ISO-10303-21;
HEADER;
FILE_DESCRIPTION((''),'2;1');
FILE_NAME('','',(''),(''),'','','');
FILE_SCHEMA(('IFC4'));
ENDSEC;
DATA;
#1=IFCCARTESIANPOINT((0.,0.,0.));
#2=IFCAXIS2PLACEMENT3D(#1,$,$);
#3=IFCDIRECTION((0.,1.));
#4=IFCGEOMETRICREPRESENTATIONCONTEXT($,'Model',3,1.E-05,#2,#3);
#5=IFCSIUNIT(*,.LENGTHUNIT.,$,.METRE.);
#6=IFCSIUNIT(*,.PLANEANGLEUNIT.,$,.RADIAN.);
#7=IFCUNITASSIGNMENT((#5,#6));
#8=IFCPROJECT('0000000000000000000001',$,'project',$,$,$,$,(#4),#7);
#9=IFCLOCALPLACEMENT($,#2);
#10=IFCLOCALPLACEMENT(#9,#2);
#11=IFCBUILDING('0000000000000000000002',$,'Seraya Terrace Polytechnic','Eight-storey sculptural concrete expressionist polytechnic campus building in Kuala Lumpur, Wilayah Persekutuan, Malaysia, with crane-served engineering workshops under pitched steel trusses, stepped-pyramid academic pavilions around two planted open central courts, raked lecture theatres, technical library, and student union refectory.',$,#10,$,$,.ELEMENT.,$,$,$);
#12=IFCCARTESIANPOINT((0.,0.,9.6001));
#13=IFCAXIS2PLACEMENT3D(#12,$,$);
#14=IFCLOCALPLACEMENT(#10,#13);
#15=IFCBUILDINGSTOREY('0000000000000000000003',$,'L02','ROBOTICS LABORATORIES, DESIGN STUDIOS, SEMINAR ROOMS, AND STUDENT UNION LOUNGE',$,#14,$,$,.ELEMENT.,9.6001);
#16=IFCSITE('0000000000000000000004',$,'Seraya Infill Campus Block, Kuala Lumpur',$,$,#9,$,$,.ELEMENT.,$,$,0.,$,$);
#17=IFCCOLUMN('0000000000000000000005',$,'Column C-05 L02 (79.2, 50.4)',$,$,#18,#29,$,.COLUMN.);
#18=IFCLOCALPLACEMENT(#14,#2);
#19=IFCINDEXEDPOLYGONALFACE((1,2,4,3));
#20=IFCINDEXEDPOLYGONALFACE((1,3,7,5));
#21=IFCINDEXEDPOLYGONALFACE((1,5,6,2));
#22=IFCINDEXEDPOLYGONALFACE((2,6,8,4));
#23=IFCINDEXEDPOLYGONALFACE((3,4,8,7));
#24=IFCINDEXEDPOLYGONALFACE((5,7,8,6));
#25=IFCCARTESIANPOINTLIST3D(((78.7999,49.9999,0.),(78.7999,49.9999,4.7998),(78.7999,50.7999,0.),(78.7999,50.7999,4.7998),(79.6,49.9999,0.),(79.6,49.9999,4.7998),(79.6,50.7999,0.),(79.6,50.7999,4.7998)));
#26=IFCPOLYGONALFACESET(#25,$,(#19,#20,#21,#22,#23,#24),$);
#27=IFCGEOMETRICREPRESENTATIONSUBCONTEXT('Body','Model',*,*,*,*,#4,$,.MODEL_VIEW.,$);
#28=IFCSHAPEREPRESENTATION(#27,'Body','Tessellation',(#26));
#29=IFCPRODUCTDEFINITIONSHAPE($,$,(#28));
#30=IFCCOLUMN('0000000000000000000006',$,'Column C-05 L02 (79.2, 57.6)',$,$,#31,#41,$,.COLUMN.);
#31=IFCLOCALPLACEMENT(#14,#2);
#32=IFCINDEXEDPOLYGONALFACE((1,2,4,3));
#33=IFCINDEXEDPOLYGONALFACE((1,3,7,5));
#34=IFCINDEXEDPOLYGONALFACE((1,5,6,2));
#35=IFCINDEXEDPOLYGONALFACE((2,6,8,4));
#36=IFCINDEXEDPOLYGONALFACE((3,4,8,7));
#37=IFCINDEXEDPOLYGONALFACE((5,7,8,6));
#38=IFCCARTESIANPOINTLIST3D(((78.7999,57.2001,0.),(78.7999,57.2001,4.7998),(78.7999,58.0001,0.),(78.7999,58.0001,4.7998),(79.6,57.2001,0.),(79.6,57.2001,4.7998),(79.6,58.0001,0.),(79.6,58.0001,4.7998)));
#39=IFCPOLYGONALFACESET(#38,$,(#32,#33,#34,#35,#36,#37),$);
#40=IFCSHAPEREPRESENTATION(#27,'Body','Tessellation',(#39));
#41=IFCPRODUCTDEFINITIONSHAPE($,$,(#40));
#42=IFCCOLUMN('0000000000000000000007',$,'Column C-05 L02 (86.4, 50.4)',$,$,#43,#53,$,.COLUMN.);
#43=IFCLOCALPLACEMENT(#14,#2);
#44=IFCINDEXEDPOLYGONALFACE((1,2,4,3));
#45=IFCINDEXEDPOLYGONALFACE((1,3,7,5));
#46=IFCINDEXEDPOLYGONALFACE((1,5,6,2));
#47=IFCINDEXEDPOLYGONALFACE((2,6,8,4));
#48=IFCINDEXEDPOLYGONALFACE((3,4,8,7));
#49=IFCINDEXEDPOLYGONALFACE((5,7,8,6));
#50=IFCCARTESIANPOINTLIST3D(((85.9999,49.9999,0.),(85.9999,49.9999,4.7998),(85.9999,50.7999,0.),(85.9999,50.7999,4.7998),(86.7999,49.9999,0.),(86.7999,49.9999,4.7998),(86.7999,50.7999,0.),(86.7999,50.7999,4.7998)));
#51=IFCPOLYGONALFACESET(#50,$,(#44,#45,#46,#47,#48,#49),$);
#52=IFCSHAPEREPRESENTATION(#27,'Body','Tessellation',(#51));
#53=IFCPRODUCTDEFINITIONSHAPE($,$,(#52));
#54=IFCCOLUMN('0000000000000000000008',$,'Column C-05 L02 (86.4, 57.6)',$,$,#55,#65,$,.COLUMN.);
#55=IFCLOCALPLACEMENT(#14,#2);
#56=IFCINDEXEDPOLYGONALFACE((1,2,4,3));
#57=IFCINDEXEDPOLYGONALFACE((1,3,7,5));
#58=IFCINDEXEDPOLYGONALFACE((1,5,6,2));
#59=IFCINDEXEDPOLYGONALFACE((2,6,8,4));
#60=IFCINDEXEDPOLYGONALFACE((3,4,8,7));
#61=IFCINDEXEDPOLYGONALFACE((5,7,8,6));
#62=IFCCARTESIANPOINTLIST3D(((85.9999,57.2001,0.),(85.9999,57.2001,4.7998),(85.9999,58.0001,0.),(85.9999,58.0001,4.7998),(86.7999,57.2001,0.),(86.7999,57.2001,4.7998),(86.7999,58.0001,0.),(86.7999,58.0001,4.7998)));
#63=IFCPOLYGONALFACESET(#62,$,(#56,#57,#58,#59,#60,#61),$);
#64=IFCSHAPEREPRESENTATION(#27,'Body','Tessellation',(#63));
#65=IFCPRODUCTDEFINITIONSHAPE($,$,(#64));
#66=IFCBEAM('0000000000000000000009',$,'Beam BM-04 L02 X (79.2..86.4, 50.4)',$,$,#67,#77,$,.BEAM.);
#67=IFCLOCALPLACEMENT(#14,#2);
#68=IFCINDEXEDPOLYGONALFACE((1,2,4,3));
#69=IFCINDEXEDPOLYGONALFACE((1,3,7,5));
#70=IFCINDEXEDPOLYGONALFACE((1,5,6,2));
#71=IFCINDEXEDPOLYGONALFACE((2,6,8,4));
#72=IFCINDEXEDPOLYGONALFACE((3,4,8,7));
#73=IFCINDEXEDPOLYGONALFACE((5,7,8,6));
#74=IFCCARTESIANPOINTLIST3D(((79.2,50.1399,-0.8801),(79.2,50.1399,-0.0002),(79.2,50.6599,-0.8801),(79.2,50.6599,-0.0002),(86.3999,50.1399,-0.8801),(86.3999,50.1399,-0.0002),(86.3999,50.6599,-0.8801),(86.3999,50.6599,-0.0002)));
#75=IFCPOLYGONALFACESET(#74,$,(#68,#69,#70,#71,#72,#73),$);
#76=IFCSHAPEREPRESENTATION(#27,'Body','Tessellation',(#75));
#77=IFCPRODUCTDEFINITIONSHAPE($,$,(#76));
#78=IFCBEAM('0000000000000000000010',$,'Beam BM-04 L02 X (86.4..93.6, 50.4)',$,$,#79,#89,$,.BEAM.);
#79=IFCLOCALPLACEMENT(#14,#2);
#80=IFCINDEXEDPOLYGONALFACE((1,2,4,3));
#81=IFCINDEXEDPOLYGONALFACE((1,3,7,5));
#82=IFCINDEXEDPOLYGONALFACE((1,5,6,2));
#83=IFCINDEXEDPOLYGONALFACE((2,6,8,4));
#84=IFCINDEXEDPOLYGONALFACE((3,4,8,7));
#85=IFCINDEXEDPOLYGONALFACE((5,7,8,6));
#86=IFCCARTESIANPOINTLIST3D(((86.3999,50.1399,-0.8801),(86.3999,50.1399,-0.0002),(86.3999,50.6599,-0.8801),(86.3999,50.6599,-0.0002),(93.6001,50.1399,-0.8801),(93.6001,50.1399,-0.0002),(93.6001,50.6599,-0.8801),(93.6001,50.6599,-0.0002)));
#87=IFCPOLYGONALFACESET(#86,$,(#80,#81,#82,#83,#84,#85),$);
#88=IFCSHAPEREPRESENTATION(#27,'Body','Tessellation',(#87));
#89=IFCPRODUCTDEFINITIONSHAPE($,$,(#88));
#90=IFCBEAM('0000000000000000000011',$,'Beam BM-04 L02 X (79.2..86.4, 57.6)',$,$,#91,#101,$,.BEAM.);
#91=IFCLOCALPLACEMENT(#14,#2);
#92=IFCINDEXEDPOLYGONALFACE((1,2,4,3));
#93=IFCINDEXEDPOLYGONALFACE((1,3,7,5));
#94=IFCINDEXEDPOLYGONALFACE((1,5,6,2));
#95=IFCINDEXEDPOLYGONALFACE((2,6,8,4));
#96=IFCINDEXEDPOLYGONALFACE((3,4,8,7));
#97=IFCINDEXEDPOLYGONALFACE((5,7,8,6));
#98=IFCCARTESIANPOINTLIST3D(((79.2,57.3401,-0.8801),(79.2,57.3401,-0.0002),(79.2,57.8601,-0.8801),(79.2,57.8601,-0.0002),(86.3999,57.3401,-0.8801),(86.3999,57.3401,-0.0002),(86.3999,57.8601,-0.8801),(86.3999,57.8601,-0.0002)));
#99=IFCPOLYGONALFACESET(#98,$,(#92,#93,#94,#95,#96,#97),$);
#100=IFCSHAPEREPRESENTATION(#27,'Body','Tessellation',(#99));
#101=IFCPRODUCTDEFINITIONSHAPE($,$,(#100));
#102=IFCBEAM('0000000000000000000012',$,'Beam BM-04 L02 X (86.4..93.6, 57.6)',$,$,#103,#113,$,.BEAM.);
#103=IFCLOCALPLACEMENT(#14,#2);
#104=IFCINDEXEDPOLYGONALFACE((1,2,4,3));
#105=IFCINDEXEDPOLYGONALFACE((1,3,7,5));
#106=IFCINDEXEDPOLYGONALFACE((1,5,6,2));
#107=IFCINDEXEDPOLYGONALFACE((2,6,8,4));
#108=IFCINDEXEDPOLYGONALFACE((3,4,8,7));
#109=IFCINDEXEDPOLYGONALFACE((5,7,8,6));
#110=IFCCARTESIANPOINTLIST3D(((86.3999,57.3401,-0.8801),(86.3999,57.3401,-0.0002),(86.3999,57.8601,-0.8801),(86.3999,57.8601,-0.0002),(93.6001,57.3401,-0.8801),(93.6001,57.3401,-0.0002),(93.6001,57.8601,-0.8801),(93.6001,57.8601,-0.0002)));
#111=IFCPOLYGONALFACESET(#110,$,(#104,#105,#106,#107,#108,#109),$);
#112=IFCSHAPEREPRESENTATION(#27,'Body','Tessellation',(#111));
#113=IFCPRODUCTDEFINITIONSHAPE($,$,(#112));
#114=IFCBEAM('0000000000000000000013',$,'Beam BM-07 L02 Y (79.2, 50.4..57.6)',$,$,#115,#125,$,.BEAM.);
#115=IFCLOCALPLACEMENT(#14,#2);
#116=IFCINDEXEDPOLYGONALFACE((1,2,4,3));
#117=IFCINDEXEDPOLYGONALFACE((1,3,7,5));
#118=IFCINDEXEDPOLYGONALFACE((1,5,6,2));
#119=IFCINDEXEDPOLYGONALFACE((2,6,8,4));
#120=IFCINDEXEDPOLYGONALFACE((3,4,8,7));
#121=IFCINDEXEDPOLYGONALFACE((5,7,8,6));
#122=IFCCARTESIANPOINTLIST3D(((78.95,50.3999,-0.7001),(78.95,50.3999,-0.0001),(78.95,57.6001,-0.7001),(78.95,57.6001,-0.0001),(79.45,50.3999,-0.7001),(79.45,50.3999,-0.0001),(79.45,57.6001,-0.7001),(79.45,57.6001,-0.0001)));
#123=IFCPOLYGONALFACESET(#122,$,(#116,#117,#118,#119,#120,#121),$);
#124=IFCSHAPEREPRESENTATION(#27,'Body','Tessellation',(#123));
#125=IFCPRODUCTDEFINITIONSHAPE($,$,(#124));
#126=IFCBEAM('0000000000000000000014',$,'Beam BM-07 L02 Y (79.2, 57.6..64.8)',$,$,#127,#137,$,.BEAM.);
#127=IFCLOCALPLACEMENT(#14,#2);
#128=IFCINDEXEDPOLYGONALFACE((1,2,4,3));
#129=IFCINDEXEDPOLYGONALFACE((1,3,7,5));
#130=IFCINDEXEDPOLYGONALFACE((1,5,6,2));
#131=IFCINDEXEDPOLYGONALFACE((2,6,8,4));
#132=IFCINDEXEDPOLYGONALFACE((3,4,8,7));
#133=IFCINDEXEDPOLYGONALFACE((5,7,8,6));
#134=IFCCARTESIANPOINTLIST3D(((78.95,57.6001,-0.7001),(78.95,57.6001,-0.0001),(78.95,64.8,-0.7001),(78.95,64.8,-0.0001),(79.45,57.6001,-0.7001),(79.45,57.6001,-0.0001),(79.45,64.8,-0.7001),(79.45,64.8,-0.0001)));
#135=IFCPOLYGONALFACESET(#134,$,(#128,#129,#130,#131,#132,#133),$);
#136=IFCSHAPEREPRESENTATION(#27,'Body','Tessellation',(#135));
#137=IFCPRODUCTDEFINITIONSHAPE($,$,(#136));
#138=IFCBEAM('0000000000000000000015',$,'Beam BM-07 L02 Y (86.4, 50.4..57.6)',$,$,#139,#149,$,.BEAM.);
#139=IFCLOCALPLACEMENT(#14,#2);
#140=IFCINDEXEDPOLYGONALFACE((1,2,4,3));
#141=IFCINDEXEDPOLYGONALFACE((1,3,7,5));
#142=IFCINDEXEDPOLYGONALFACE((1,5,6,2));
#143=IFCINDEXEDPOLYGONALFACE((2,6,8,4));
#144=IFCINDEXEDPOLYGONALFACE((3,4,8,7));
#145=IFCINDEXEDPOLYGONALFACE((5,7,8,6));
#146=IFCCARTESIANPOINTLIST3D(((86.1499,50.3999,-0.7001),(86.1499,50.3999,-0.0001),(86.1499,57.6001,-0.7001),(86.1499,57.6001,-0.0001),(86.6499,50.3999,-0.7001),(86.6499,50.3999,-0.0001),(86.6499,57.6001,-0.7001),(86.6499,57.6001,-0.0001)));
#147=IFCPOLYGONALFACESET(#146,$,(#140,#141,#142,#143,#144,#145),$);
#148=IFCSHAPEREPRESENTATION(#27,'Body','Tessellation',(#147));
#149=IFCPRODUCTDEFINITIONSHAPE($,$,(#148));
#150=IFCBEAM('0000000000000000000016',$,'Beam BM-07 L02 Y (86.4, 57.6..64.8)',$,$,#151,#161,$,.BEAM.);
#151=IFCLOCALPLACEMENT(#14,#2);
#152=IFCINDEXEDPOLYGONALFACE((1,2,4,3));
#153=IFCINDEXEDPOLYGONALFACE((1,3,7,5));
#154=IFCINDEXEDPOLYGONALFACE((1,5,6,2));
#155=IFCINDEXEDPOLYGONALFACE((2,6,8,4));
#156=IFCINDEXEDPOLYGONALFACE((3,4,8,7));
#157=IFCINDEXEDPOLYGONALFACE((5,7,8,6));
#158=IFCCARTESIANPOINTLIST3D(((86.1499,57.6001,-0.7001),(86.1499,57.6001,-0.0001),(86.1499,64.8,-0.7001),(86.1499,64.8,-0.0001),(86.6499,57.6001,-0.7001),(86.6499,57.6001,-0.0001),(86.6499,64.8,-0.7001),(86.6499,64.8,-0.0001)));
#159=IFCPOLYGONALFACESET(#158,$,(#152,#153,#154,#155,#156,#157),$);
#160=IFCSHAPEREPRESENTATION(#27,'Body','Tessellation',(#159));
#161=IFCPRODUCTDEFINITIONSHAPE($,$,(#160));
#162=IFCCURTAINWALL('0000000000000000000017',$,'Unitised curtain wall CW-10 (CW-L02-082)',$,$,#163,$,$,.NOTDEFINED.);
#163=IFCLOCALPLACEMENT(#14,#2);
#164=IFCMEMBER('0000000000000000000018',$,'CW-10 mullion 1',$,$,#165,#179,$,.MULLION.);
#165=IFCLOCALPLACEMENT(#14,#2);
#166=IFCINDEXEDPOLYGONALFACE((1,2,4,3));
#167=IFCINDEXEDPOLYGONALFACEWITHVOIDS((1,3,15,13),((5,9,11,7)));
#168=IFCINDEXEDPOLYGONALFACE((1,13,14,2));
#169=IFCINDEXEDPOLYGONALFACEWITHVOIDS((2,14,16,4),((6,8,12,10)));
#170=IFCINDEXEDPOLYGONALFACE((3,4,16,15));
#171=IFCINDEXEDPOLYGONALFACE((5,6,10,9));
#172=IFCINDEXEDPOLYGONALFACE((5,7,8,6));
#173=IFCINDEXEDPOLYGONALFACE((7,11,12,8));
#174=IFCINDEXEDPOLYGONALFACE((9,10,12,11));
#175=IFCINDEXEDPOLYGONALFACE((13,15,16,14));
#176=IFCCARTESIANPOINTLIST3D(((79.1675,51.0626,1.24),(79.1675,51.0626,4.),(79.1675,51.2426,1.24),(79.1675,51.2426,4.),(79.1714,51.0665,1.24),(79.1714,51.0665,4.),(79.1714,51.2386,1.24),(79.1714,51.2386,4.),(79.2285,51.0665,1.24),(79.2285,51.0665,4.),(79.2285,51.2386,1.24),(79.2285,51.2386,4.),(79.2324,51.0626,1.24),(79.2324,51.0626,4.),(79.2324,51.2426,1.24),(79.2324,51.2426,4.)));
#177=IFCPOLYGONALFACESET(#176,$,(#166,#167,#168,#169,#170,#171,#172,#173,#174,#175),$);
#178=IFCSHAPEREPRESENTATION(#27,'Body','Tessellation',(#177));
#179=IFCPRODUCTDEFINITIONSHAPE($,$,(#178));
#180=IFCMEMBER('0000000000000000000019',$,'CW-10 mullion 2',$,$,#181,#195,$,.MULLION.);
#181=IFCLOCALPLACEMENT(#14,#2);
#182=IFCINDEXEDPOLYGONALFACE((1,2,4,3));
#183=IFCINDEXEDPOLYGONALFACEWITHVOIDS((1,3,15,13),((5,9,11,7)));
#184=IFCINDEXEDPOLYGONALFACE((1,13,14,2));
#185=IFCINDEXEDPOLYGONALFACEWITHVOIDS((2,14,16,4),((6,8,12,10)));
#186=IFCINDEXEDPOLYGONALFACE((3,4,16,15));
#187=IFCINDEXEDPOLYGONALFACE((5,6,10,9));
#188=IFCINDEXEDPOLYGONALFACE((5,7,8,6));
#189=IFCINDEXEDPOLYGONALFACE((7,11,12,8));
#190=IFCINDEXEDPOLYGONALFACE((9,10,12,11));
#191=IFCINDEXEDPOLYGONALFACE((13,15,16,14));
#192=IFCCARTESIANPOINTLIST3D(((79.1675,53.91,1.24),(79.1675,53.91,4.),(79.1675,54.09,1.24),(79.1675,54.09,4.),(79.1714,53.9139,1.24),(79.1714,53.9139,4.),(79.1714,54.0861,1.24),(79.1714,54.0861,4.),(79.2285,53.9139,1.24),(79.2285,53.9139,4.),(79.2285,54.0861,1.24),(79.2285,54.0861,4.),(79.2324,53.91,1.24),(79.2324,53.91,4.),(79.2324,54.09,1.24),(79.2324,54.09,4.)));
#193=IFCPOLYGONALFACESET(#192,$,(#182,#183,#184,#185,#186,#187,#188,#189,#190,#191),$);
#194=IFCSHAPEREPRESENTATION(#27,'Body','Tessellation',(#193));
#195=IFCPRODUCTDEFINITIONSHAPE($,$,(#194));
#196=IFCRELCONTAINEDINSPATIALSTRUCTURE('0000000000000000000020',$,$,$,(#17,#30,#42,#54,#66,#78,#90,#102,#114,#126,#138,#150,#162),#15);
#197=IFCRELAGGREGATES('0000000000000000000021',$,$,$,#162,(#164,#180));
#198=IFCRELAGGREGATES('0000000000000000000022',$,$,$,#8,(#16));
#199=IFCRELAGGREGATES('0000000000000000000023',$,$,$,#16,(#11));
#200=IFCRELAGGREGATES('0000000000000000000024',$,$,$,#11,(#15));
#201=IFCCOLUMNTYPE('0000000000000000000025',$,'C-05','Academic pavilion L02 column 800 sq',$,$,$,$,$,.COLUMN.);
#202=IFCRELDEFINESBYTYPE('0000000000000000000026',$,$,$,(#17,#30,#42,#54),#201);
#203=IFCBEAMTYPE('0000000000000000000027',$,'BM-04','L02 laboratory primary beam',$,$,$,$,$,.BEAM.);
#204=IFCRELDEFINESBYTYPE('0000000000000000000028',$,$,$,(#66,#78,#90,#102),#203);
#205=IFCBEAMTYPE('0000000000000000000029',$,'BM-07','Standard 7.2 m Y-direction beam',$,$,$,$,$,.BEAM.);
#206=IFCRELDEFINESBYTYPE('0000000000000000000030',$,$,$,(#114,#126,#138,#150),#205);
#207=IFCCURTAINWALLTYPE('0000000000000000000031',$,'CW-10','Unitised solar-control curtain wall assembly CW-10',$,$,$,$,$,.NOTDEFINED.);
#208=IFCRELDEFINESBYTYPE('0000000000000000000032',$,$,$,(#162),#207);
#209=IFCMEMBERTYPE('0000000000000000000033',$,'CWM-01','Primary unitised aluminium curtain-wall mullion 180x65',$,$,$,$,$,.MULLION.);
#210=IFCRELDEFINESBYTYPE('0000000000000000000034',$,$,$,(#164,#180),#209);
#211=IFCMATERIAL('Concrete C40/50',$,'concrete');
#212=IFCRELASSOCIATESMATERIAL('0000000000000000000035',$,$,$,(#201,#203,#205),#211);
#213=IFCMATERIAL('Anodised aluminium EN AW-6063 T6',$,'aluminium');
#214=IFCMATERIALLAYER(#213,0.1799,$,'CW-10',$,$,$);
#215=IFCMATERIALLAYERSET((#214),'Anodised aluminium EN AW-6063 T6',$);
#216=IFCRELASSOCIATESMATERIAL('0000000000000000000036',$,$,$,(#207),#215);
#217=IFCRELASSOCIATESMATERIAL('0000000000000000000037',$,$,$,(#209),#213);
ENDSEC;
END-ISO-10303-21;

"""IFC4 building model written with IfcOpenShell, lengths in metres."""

from ifc_helpers import new_model, si_unit, direction, frame, origin, origin_2d, place, context, subcontext, project, spatial, rectangle, hollow_rectangle, extrude, material, layer, layer_set, material_profile, profile_set, type_object, element, aggregate, save


model = new_model("IFC4")

# Units and contexts
model_context = context("Model", 3, precision=1e-05, world=origin(), true_north=direction((0.0, 1.0)))
body_context = subcontext(model_context, "Body", "Model", "MODEL_VIEW")
ifc_project = project(units=[si_unit("LENGTHUNIT", "METRE"), si_unit("PLANEANGLEUNIT", "RADIAN")], contexts=[model_context])

# Site, building, storey
site_placement = place(None, origin())
site = spatial("IfcSite", under=ifc_project, at=site_placement, Name="Seraya Infill Campus Block, Kuala Lumpur", CompositionType="ELEMENT", RefElevation=0.0)
building_placement = place(site_placement, origin())
building = spatial("IfcBuilding", under=site, at=building_placement, Name="Seraya Terrace Polytechnic", Description="Eight-storey sculptural concrete expressionist polytechnic campus building in Kuala Lumpur, Wilayah Persekutuan, Malaysia, with crane-served engineering workshops under pitched steel trusses, stepped-pyramid academic pavilions around two planted open central courts, raked lecture theatres, technical library, and student union refectory.", CompositionType="ELEMENT")
storey_placement = place(building_placement, frame((0.0, 0.0, 9.6001)))
storey = spatial("IfcBuildingStorey", under=building, at=storey_placement, Name="L02", Description="ROBOTICS LABORATORIES, DESIGN STUDIOS, SEMINAR ROOMS, AND STUDENT UNION LOUNGE", CompositionType="ELEMENT", Elevation=9.6001)

# Columns
ifc_material_1 = material(Name="Concrete C40/50", Category="concrete")
ifc_material_profile_1 = material_profile(ifc_material_1, rectangle(XDim=0.8, YDim=0.8, at=origin_2d()), Name="RC 800x800")
ifc_profile_set_1 = profile_set([ifc_material_profile_1], Name="Concrete C40/50")
column_type = type_object("IfcColumnType", Name="C-05", Description="Academic pavilion L02 column 800 sq", PredefinedType="COLUMN", material=ifc_profile_set_1)
for number, where, z_axis, x_axis, name in (
    (1, (79.2, 50.3999, 0.0), (0.0, 0.0, 1.0), (1.0, 0.0, 0.0), "Column C-05 L02 (79.2, 50.4)"),
    (2, (79.2, 57.6001, 0.0), (0.0, 0.0, 1.0), (1.0, 0.0, 0.0), "Column C-05 L02 (79.2, 57.6)"),
    (3, (86.3999, 50.3999, 0.0), (0.0, 0.0, 1.0), (1.0, 0.0, 0.0), "Column C-05 L02 (86.4, 50.4)"),
    (4, (86.3999, 57.6001, 0.0), (0.0, 0.0, 1.0), (1.0, 0.0, 0.0), "Column C-05 L02 (86.4, 57.6)"),
):
    element("IfcColumn", number, at=place(storey_placement, frame(where, z_axis=z_axis, x_axis=x_axis)), inside=storey, type_object=column_type, Name=name, PredefinedType="COLUMN", context=body_context, shape_type="SweptSolid", body=[
        extrude(rectangle(XDim=0.8, YDim=0.8, at=origin_2d()), origin(), (0.0, 0.0, 1.0), 4.7998),
    ])

# Beams
ifc_material_profile_2 = material_profile(ifc_material_1, rectangle(XDim=0.52, YDim=0.8799, at=origin_2d()), Name="RC 520x880")
ifc_profile_set_2 = profile_set([ifc_material_profile_2], Name="Concrete C40/50")
beam_type_1 = type_object("IfcBeamType", Name="BM-04", Description="L02 laboratory primary beam", PredefinedType="BEAM", material=ifc_profile_set_2)
beam_1_placement = place(storey_placement, frame((79.2, 50.3999, -0.4402), z_axis=(1.0, 0.0, 0.0), x_axis=(0.0, 1.0, 0.0)))
element("IfcBeam", 5, at=beam_1_placement, inside=storey, type_object=beam_type_1, Name="Beam BM-04 L02 X (79.2..86.4, 50.4)", PredefinedType="BEAM", context=body_context, shape_type="SweptSolid", body=[
    extrude(rectangle(XDim=0.52, YDim=0.8799, at=origin_2d()), origin(), (0.0, 0.0, 1.0), 7.2),
])
beam_2_placement = place(storey_placement, frame((86.3999, 50.3999, -0.4402), z_axis=(1.0, 0.0, 0.0), x_axis=(0.0, 1.0, 0.0)))
element("IfcBeam", 6, at=beam_2_placement, inside=storey, type_object=beam_type_1, Name="Beam BM-04 L02 X (86.4..93.6, 50.4)", PredefinedType="BEAM", context=body_context, shape_type="SweptSolid", body=[
    extrude(rectangle(XDim=0.52, YDim=0.8799, at=origin_2d()), origin(), (0.0, 0.0, 1.0), 7.2002),
])
beam_3_placement = place(storey_placement, frame((79.2, 57.6001, -0.4402), z_axis=(1.0, 0.0, 0.0), x_axis=(0.0, 1.0, 0.0)))
element("IfcBeam", 7, at=beam_3_placement, inside=storey, type_object=beam_type_1, Name="Beam BM-04 L02 X (79.2..86.4, 57.6)", PredefinedType="BEAM", context=body_context, shape_type="SweptSolid", body=[
    extrude(rectangle(XDim=0.52, YDim=0.8799, at=origin_2d()), origin(), (0.0, 0.0, 1.0), 7.2),
])
beam_4_placement = place(storey_placement, frame((86.3999, 57.6001, -0.4402), z_axis=(1.0, 0.0, 0.0), x_axis=(0.0, 1.0, 0.0)))
element("IfcBeam", 8, at=beam_4_placement, inside=storey, type_object=beam_type_1, Name="Beam BM-04 L02 X (86.4..93.6, 57.6)", PredefinedType="BEAM", context=body_context, shape_type="SweptSolid", body=[
    extrude(rectangle(XDim=0.52, YDim=0.8799, at=origin_2d()), origin(), (0.0, 0.0, 1.0), 7.2002),
])
ifc_material_profile_3 = material_profile(ifc_material_1, rectangle(XDim=0.5, YDim=0.7, at=origin_2d()), Name="RC 500x700")
ifc_profile_set_3 = profile_set([ifc_material_profile_3], Name="Concrete C40/50")
beam_type_2 = type_object("IfcBeamType", Name="BM-07", Description="Standard 7.2 m Y-direction beam", PredefinedType="BEAM", material=ifc_profile_set_3)
beam_5_placement = place(storey_placement, frame((79.2, 50.3999, -0.3501), z_axis=(0.0, 1.0, 0.0), x_axis=(-1.0, 0.0, 0.0)))
element("IfcBeam", 9, at=beam_5_placement, inside=storey, type_object=beam_type_2, Name="Beam BM-07 L02 Y (79.2, 50.4..57.6)", PredefinedType="BEAM", context=body_context, shape_type="SweptSolid", body=[
    extrude(rectangle(XDim=0.5, YDim=0.7, at=origin_2d()), origin(), (0.0, 0.0, 1.0), 7.2002),
])
beam_6_placement = place(storey_placement, frame((79.2, 57.6001, -0.3501), z_axis=(0.0, 1.0, 0.0), x_axis=(-1.0, 0.0, 0.0)))
element("IfcBeam", 10, at=beam_6_placement, inside=storey, type_object=beam_type_2, Name="Beam BM-07 L02 Y (79.2, 57.6..64.8)", PredefinedType="BEAM", context=body_context, shape_type="SweptSolid", body=[
    extrude(rectangle(XDim=0.5, YDim=0.7, at=origin_2d()), origin(), (0.0, 0.0, 1.0), 7.2),
])
beam_7_placement = place(storey_placement, frame((86.3999, 50.3999, -0.3501), z_axis=(0.0, 1.0, 0.0), x_axis=(-1.0, 0.0, 0.0)))
element("IfcBeam", 11, at=beam_7_placement, inside=storey, type_object=beam_type_2, Name="Beam BM-07 L02 Y (86.4, 50.4..57.6)", PredefinedType="BEAM", context=body_context, shape_type="SweptSolid", body=[
    extrude(rectangle(XDim=0.5, YDim=0.7, at=origin_2d()), origin(), (0.0, 0.0, 1.0), 7.2002),
])
beam_8_placement = place(storey_placement, frame((86.3999, 57.6001, -0.3501), z_axis=(0.0, 1.0, 0.0), x_axis=(-1.0, 0.0, 0.0)))
element("IfcBeam", 12, at=beam_8_placement, inside=storey, type_object=beam_type_2, Name="Beam BM-07 L02 Y (86.4, 57.6..64.8)", PredefinedType="BEAM", context=body_context, shape_type="SweptSolid", body=[
    extrude(rectangle(XDim=0.5, YDim=0.7, at=origin_2d()), origin(), (0.0, 0.0, 1.0), 7.2),
])

# Curtain wall, members
ifc_material_2 = material(Name="Anodised aluminium EN AW-6063 T6", Category="aluminium")
ifc_layer_1 = layer(ifc_material_2, 0.1799, Name="CW-10")
ifc_layer_set_1 = layer_set([ifc_layer_1], Name="Anodised aluminium EN AW-6063 T6")
curtain_wall_type = type_object("IfcCurtainWallType", Name="CW-10", Description="Unitised solar-control curtain wall assembly CW-10", PredefinedType="NOTDEFINED", material=ifc_layer_set_1)
curtain_wall_placement = place(storey_placement, origin())
curtain_wall = element("IfcCurtainWall", 13, at=curtain_wall_placement, inside=storey, type_object=curtain_wall_type, Name="Unitised curtain wall CW-10 (CW-L02-082)", PredefinedType="NOTDEFINED")
ifc_material_profile_4 = material_profile(ifc_material_2, hollow_rectangle(XDim=0.0649, YDim=0.1799, WallThickness=0.0039, at=origin_2d()), Name="RHS 180x65x4.0")
ifc_profile_set_4 = profile_set([ifc_material_profile_4], Name="Anodised aluminium EN AW-6063 T6")
member_type_1 = type_object("IfcMemberType", Name="CWM-01", Description="Primary unitised aluminium curtain-wall mullion 180x65", PredefinedType="MULLION", material=ifc_profile_set_4)
member_1_placement = place(storey_placement, frame((79.2, 51.1526, 1.24), z_axis=(0.0, 0.0, 1.0), x_axis=(-1.0, 0.0, 0.0)))
member_1 = element("IfcMember", 14, at=member_1_placement, type_object=member_type_1, Name="CW-10 mullion 1", PredefinedType="MULLION", context=body_context, shape_type="SweptSolid", body=[
    extrude(hollow_rectangle(XDim=0.0649, YDim=0.1799, WallThickness=0.0039, at=origin_2d()), origin(), (0.0, 0.0, 1.0), 2.76),
])
member_2_placement = place(storey_placement, frame((79.2, 54.0, 1.24), z_axis=(0.0, 0.0, 1.0), x_axis=(-1.0, 0.0, 0.0)))
member_2 = element("IfcMember", 15, at=member_2_placement, type_object=member_type_1, Name="CW-10 mullion 2", PredefinedType="MULLION", context=body_context, shape_type="SweptSolid", body=[
    extrude(hollow_rectangle(XDim=0.0649, YDim=0.1799, WallThickness=0.0039, at=origin_2d()), origin(), (0.0, 0.0, 1.0), 2.76),
])
aggregate(curtain_wall, [member_1, member_2])

save(model, "model.ifc")
